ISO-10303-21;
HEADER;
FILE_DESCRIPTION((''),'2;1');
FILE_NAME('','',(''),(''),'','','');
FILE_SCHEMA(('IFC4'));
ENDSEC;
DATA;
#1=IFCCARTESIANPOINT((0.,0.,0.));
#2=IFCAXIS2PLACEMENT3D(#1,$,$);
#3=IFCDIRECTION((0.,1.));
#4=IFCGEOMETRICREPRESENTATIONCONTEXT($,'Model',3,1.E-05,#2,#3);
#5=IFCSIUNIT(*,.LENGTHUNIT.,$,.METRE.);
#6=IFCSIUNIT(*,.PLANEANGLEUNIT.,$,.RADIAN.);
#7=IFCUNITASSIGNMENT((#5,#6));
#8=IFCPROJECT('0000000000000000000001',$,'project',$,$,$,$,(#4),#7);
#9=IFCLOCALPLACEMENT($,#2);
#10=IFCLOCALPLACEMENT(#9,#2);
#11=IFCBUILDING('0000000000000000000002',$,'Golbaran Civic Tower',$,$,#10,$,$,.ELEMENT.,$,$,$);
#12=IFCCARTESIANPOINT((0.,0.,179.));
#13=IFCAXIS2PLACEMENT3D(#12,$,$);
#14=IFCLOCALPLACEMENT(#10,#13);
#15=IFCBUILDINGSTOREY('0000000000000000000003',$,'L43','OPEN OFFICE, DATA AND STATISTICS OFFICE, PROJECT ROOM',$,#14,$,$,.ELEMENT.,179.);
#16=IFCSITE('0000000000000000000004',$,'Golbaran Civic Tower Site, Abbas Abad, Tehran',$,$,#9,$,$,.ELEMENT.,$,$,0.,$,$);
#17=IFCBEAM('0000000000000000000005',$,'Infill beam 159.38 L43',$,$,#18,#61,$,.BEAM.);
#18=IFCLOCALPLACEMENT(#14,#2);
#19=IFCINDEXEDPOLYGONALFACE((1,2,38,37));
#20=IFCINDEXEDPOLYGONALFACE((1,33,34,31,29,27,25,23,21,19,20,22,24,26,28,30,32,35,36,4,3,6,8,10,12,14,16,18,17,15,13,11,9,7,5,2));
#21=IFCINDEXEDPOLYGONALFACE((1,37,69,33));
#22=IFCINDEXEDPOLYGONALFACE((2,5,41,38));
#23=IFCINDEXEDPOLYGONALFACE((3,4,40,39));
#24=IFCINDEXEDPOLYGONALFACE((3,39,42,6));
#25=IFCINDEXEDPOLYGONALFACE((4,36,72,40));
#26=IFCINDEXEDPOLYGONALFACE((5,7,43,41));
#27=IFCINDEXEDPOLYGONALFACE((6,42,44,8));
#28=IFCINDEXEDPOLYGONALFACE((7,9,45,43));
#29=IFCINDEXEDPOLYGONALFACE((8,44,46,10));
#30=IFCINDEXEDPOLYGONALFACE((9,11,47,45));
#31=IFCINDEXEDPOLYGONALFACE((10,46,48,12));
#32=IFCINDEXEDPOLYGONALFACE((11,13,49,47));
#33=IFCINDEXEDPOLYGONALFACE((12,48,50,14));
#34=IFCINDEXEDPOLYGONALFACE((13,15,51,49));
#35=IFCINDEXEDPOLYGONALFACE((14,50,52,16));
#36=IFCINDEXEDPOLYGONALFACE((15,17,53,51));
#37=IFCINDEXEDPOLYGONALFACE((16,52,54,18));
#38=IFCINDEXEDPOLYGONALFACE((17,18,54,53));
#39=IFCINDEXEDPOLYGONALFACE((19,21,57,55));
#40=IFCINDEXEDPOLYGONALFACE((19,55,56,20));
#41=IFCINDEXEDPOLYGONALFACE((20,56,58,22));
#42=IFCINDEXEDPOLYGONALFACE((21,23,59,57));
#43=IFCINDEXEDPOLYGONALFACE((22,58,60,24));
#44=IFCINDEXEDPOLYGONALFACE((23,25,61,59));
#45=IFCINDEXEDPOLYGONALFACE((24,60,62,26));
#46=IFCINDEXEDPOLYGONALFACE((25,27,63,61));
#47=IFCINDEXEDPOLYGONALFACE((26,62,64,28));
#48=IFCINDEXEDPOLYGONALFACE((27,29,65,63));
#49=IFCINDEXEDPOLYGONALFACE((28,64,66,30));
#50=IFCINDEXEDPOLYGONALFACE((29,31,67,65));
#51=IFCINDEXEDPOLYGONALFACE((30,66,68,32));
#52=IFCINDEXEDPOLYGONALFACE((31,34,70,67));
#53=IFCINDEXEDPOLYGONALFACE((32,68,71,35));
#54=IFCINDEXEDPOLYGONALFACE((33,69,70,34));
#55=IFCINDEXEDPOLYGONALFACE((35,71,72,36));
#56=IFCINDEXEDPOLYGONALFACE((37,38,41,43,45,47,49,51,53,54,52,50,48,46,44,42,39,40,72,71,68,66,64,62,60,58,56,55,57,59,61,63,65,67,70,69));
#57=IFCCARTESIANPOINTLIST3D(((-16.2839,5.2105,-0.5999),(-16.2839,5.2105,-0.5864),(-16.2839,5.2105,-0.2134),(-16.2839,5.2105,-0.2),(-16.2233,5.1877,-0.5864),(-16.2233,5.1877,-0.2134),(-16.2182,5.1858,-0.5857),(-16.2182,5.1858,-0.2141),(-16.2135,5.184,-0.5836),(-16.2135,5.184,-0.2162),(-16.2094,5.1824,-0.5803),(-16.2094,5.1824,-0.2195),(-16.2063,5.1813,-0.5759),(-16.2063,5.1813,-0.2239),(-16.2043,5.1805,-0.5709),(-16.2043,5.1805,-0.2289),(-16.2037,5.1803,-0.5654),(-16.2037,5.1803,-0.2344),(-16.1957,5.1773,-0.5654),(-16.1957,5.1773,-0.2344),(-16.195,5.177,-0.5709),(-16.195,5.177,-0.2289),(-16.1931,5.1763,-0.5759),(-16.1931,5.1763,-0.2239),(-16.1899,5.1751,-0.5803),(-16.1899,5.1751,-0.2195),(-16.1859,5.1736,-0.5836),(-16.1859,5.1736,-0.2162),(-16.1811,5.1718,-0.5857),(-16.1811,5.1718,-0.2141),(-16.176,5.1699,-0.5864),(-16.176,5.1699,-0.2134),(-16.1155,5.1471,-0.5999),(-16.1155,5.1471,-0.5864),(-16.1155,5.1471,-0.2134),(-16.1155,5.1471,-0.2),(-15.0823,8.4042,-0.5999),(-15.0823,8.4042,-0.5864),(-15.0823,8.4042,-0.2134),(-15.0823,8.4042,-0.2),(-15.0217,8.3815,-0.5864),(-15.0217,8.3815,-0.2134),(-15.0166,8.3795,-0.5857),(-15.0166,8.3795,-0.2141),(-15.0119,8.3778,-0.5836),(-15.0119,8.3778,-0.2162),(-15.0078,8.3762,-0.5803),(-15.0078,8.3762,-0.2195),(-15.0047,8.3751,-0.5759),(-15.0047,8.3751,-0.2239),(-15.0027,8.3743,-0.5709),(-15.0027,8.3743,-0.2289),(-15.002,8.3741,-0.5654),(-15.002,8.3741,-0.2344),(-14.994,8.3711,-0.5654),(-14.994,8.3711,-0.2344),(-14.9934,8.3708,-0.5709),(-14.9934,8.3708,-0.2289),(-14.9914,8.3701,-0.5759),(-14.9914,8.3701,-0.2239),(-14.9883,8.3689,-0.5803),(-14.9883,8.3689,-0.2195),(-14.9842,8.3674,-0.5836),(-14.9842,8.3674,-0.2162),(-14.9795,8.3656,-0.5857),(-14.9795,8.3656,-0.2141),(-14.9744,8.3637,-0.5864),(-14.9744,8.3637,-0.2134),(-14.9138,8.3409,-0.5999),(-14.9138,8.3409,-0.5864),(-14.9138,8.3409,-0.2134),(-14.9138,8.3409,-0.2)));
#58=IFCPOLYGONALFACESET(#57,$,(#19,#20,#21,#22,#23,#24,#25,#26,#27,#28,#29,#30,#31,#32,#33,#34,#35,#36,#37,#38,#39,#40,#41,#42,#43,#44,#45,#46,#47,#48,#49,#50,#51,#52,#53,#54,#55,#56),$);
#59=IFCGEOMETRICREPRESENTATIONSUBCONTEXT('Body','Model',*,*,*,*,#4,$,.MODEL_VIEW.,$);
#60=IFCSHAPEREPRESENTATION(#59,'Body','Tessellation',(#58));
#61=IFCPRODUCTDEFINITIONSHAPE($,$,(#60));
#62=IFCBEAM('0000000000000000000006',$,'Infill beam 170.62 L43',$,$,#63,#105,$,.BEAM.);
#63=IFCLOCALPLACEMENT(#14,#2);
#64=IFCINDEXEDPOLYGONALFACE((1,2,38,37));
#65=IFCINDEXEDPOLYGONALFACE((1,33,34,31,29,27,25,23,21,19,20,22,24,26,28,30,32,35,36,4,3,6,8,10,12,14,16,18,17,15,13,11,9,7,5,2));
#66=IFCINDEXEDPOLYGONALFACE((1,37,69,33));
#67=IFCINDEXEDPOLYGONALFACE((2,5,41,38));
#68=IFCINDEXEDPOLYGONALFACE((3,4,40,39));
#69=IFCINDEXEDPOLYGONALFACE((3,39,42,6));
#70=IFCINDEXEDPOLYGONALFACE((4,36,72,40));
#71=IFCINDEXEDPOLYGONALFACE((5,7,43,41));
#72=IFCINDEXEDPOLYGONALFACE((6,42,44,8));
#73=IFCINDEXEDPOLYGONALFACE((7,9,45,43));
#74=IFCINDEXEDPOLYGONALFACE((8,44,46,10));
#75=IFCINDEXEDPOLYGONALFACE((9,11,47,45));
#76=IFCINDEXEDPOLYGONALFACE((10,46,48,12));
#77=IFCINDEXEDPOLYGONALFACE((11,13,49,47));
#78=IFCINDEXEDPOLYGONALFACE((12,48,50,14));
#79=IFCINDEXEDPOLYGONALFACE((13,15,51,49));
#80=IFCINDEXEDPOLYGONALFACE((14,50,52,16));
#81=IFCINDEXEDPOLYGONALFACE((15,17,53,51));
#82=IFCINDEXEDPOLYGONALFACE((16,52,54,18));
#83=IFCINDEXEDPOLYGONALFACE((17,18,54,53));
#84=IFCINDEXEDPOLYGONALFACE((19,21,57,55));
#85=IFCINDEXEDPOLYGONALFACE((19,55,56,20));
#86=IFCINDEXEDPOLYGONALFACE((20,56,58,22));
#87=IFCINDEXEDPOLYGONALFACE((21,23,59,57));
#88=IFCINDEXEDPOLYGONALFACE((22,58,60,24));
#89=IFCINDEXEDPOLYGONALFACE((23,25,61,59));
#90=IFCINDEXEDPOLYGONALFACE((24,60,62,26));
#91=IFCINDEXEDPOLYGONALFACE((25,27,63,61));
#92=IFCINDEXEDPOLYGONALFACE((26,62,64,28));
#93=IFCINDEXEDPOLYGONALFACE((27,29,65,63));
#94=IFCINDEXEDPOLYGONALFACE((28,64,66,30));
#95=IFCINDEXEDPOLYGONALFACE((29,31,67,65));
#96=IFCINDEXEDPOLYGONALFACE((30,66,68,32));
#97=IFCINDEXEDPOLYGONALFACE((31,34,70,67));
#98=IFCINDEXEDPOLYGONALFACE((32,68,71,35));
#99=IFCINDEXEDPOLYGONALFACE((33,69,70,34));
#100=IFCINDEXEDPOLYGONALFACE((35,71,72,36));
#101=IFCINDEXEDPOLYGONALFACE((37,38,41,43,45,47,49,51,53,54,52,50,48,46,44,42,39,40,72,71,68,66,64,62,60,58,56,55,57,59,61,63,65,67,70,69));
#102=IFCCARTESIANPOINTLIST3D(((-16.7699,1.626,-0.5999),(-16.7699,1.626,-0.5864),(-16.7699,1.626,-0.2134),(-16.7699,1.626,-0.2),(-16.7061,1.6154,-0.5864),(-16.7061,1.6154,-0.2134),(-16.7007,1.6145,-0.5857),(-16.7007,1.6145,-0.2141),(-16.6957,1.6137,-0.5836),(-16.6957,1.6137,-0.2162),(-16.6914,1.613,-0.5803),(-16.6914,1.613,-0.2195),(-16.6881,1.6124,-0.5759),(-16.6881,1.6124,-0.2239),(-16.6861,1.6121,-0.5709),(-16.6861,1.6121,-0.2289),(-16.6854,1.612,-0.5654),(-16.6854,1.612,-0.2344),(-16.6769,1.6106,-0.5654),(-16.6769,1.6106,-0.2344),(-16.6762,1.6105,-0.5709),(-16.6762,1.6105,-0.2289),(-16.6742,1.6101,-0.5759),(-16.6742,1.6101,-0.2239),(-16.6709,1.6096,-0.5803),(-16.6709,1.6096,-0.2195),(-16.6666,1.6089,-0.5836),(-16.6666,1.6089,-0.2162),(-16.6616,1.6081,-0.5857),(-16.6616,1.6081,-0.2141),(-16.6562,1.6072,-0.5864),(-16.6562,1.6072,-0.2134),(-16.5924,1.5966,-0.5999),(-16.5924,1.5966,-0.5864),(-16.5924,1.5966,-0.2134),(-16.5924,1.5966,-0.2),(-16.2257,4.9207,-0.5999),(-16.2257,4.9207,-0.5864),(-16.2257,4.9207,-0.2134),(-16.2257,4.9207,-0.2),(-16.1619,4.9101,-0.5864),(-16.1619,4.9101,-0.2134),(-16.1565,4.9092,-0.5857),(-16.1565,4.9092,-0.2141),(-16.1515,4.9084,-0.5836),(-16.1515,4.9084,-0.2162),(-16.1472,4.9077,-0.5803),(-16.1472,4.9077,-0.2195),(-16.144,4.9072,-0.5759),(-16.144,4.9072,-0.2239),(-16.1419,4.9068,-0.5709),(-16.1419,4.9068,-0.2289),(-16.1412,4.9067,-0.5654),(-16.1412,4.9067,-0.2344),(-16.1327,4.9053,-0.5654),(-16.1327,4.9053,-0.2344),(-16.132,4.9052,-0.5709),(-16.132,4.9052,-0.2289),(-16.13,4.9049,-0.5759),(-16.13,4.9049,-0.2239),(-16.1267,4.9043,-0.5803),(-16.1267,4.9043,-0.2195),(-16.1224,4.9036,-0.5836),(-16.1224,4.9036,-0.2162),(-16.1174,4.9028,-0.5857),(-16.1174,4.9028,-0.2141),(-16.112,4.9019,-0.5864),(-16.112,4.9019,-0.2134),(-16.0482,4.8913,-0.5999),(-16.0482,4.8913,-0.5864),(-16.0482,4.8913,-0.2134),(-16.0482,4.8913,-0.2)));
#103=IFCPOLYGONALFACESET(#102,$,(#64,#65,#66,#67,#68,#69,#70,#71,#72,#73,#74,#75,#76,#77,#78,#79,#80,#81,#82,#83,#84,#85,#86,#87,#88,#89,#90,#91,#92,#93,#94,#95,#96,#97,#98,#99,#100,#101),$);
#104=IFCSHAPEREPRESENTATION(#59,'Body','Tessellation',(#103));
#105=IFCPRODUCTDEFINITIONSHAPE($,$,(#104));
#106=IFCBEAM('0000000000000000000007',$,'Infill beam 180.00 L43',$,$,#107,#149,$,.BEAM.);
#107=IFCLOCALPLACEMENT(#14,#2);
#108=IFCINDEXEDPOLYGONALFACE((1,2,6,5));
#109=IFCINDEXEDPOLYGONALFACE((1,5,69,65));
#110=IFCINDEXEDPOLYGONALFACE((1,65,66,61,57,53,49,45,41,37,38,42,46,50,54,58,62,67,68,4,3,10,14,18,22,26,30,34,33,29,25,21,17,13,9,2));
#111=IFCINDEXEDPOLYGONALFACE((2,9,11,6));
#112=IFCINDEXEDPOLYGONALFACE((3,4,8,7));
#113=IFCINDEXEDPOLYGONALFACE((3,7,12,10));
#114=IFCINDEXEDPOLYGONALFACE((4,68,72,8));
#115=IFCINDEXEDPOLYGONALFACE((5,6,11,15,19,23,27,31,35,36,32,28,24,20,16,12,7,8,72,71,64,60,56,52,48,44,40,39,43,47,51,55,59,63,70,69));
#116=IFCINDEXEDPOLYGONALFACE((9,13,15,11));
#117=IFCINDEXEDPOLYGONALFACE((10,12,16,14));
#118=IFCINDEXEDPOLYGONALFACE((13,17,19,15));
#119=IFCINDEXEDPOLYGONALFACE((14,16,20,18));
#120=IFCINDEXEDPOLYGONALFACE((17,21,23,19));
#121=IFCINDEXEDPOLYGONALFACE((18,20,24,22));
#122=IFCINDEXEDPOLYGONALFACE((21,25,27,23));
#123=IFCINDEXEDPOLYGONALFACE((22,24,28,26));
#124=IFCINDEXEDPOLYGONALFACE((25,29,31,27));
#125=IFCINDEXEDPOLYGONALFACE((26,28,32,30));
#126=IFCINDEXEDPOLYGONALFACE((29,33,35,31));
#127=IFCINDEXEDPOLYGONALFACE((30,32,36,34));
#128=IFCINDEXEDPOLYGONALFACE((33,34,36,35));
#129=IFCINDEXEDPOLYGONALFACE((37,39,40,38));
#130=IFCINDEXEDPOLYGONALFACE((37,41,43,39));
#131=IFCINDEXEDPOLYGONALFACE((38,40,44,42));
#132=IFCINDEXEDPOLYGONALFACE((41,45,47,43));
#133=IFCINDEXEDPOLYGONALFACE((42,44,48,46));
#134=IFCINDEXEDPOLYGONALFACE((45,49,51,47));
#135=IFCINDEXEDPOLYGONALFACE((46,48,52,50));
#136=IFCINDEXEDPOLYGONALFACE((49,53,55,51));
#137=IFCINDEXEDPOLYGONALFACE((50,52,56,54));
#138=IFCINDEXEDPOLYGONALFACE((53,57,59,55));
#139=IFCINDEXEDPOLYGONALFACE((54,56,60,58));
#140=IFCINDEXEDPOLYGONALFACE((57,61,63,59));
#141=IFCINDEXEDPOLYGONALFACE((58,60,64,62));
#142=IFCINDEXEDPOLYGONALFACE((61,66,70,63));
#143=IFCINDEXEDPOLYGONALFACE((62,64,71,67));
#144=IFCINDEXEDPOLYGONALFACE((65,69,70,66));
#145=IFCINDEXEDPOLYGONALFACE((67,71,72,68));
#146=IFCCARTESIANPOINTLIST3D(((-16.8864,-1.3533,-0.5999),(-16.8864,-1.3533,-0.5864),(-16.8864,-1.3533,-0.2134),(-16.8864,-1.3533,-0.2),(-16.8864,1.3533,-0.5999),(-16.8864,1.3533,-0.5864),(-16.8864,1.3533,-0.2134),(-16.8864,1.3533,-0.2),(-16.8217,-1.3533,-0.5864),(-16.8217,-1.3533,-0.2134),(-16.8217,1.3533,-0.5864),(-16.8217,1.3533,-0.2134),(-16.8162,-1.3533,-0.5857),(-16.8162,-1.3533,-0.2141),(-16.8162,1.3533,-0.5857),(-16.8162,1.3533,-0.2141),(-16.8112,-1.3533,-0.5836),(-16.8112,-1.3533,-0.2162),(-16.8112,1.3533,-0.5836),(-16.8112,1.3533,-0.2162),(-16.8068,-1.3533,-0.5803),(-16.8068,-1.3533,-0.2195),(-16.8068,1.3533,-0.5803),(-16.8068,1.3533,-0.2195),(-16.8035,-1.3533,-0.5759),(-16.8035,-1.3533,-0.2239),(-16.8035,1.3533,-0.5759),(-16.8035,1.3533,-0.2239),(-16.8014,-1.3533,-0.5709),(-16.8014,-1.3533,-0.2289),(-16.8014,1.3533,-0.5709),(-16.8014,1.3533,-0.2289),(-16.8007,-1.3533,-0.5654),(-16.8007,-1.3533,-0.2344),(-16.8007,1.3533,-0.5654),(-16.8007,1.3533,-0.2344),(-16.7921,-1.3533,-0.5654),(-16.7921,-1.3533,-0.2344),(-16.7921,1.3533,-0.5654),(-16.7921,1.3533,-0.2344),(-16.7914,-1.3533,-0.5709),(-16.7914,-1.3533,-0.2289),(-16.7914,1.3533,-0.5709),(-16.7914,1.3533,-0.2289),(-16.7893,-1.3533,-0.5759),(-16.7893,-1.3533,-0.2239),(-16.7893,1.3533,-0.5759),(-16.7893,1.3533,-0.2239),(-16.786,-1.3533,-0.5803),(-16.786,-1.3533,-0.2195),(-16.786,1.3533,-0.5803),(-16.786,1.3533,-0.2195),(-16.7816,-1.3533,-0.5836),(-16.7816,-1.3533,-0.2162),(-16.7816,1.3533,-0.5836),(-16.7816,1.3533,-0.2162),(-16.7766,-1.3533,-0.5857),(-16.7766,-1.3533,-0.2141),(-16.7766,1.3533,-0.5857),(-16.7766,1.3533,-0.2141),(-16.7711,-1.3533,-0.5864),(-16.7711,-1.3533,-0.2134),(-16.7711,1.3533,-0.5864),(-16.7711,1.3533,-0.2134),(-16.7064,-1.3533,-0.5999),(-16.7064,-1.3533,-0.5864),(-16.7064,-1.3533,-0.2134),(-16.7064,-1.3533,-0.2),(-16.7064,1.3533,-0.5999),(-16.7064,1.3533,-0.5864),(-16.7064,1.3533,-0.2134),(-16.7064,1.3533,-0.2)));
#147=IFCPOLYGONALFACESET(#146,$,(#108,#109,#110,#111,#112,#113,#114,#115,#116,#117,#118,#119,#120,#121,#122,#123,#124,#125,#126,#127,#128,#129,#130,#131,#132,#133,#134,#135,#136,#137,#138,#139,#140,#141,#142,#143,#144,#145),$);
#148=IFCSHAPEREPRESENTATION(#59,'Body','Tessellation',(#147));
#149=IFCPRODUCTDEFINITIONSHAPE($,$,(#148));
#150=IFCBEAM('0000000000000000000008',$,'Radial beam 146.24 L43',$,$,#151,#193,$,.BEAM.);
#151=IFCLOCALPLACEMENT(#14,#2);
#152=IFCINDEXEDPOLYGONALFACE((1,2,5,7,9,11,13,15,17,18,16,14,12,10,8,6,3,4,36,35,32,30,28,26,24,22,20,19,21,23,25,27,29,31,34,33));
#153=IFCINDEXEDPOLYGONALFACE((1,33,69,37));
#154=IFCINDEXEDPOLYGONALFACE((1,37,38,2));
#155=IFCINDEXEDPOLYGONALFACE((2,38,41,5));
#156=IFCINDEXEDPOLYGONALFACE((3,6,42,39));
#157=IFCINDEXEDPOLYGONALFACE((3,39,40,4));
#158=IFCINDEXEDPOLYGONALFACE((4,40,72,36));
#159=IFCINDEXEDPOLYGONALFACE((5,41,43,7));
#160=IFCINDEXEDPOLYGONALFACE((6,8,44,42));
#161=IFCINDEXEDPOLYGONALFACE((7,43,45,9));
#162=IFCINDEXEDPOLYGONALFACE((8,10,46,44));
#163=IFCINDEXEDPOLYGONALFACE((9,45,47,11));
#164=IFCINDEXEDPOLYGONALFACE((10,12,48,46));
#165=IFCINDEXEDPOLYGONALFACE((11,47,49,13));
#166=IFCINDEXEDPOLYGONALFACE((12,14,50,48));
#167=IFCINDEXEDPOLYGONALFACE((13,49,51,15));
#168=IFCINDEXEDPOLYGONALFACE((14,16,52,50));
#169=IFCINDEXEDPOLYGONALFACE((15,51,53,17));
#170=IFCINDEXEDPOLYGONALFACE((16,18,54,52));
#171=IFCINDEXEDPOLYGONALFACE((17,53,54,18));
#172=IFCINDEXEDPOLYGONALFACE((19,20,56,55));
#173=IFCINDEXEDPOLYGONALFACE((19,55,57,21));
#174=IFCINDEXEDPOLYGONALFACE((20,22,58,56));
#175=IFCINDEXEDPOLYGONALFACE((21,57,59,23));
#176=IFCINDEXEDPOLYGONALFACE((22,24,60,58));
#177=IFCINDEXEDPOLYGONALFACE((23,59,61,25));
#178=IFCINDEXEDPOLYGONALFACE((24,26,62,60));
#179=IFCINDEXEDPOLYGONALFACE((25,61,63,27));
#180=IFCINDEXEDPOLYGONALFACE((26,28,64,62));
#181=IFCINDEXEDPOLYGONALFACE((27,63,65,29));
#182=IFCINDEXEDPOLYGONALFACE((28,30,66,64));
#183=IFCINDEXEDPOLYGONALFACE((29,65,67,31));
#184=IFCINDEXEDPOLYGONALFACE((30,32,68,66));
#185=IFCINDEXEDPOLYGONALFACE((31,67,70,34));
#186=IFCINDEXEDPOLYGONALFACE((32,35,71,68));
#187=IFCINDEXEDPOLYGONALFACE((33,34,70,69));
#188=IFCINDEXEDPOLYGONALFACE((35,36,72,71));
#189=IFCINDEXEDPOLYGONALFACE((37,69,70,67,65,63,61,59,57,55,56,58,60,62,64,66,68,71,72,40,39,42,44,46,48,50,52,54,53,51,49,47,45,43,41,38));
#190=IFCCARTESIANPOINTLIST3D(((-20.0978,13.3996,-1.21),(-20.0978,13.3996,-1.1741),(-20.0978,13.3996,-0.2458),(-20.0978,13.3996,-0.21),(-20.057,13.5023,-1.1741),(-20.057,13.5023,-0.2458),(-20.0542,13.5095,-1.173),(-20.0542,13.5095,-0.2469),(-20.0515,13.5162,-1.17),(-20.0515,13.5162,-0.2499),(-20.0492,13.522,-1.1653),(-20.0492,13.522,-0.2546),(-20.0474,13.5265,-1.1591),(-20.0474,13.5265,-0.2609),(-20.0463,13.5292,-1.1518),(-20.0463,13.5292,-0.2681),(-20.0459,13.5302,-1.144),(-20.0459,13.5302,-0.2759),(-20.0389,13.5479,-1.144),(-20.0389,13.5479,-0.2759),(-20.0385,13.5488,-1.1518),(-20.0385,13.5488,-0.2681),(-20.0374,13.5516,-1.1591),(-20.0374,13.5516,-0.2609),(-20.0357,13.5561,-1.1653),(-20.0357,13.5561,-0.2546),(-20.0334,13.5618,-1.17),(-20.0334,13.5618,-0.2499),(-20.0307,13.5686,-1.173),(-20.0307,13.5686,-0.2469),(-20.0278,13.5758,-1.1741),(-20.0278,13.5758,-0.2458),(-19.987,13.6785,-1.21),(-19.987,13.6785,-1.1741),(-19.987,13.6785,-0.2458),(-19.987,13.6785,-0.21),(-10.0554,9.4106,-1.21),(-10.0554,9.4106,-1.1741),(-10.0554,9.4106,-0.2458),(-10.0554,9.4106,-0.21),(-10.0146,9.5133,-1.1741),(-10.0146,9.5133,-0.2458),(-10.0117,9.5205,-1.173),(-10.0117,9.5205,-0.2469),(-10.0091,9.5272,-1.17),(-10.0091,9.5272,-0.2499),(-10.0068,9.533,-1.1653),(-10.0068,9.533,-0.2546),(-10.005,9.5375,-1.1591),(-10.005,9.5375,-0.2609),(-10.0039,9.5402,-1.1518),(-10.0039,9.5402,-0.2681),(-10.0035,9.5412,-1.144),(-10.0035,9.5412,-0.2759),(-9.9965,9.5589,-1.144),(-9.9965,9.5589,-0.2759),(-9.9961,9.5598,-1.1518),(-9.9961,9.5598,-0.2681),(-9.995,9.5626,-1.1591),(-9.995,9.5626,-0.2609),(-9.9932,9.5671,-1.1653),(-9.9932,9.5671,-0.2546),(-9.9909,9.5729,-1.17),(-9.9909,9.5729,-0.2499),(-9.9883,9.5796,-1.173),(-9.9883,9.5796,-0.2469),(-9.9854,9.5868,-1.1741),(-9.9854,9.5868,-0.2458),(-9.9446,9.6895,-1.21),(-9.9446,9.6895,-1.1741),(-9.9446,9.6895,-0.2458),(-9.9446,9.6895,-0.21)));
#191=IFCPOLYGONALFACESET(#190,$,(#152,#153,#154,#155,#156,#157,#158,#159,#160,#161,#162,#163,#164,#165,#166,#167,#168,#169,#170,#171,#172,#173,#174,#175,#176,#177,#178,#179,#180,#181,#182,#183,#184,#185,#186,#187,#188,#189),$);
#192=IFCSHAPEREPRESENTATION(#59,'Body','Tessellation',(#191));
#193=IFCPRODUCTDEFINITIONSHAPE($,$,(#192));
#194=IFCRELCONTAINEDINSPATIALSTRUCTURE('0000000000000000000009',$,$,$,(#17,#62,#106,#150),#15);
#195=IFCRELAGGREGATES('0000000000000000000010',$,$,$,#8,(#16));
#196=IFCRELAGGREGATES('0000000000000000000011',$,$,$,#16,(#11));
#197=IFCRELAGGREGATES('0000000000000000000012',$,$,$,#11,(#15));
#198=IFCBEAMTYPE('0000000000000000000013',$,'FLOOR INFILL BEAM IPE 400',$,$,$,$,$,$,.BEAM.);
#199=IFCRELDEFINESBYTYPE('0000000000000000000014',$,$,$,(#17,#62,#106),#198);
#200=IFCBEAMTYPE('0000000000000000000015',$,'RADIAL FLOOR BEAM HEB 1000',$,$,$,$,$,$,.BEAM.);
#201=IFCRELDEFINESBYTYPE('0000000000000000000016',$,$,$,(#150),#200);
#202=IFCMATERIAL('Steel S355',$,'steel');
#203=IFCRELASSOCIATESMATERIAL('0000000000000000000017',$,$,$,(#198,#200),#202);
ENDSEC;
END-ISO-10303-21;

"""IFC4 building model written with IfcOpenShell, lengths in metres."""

from ifc_helpers import new_model, si_unit, direction, frame, origin, origin_2d, place, context, subcontext, project, spatial, i_section, extrude, material, material_profile, profile_set, type_object, element, save


model = new_model("IFC4")

# Units and contexts
model_context = context("Model", 3, precision=1e-05, world=origin(), true_north=direction((0.0, 1.0)))
body_context = subcontext(model_context, "Body", "Model", "MODEL_VIEW")
ifc_project = project(units=[si_unit("LENGTHUNIT", "METRE"), si_unit("PLANEANGLEUNIT", "RADIAN")], contexts=[model_context])

# Site, building, storey
site_placement = place(None, origin())
site = spatial("IfcSite", under=ifc_project, at=site_placement, Name="Golbaran Civic Tower Site, Abbas Abad, Tehran", CompositionType="ELEMENT", RefElevation=0.0)
building_placement = place(site_placement, origin())
building = spatial("IfcBuilding", under=site, at=building_placement, Name="Golbaran Civic Tower", CompositionType="ELEMENT")
storey_placement = place(building_placement, frame((0.0, 0.0, 179.0)))
storey = spatial("IfcBuildingStorey", under=building, at=storey_placement, Name="L43", Description="OPEN OFFICE, DATA AND STATISTICS OFFICE, PROJECT ROOM", CompositionType="ELEMENT", Elevation=179.0)

# Beams
ifc_material_1 = material(Name="Steel S355", Category="steel")
ifc_material_profile_1 = material_profile(ifc_material_1, i_section(OverallWidth=0.1799, OverallDepth=0.3999, WebThickness=0.0085, FlangeThickness=0.0134, FilletRadius=0.021, at=origin_2d()), Name="IPE 400")
ifc_profile_set_1 = profile_set([ifc_material_profile_1], Name="Steel S355")
beam_type_1 = type_object("IfcBeamType", Name="FLOOR INFILL BEAM IPE 400", PredefinedType="BEAM", material=ifc_profile_set_1)
beam_1_placement = place(storey_placement, frame((-14.998, 8.3726, -0.3999), z_axis=(-0.352142, -0.935946, 0.0), x_axis=(0.935946, -0.352142, 0.0)))
element("IfcBeam", 1, at=beam_1_placement, inside=storey, type_object=beam_type_1, Name="Infill beam 159.38 L43", PredefinedType="BEAM", context=body_context, shape_type="SweptSolid", body=[
    extrude(i_section(OverallWidth=0.1799, OverallDepth=0.3999, WebThickness=0.0085, FlangeThickness=0.0134, FilletRadius=0.021, at=origin_2d()), origin(), (0.0, 0.0, 1.0), 3.4124),
])
beam_2_placement = place(storey_placement, frame((-16.137, 4.906, -0.3999), z_axis=(-0.162964, -0.986632, 0.0), x_axis=(0.986632, -0.162964, 0.0)))
element("IfcBeam", 2, at=beam_2_placement, inside=storey, type_object=beam_type_1, Name="Infill beam 170.62 L43", PredefinedType="BEAM", context=body_context, shape_type="SweptSolid", body=[
    extrude(i_section(OverallWidth=0.1799, OverallDepth=0.3999, WebThickness=0.0085, FlangeThickness=0.0134, FilletRadius=0.021, at=origin_2d()), origin(), (0.0, 0.0, 1.0), 3.3394),
])
beam_3_placement = place(storey_placement, frame((-16.7964, 1.3533, -0.3999), z_axis=(0.0, -1.0, 0.0), x_axis=(1.0, 0.0, 0.0)))
element("IfcBeam", 3, at=beam_3_placement, inside=storey, type_object=beam_type_1, Name="Infill beam 180.00 L43", PredefinedType="BEAM", context=body_context, shape_type="SweptSolid", body=[
    extrude(i_section(OverallWidth=0.1799, OverallDepth=0.3999, WebThickness=0.0085, FlangeThickness=0.0134, FilletRadius=0.021, at=origin_2d()), origin(), (0.0, 0.0, 1.0), 2.7065),
])
ifc_material_profile_2 = material_profile(ifc_material_1, i_section(OverallWidth=0.3, OverallDepth=1.0, WebThickness=0.019, FlangeThickness=0.0359, FilletRadius=0.03, at=origin_2d()), Name="HEB 1000")
ifc_profile_set_2 = profile_set([ifc_material_profile_2], Name="Steel S355")
beam_type_2 = type_object("IfcBeamType", Name="RADIAL FLOOR BEAM HEB 1000", PredefinedType="BEAM", material=ifc_profile_set_2)
beam_4_placement = place(storey_placement, frame((-10.0, 9.55, -0.71), z_axis=(-0.929367, 0.369158, 0.0), x_axis=(-0.369158, -0.929367, 0.0)))
element("IfcBeam", 4, at=beam_4_placement, inside=storey, type_object=beam_type_2, Name="Radial beam 146.24 L43", PredefinedType="BEAM", context=body_context, shape_type="SweptSolid", body=[
    extrude(i_section(OverallWidth=0.3, OverallDepth=1.0, WebThickness=0.019, FlangeThickness=0.0359, FilletRadius=0.03, at=origin_2d()), origin(), (0.0, 0.0, 1.0), 10.8057),
])

save(model, "model.ifc")
